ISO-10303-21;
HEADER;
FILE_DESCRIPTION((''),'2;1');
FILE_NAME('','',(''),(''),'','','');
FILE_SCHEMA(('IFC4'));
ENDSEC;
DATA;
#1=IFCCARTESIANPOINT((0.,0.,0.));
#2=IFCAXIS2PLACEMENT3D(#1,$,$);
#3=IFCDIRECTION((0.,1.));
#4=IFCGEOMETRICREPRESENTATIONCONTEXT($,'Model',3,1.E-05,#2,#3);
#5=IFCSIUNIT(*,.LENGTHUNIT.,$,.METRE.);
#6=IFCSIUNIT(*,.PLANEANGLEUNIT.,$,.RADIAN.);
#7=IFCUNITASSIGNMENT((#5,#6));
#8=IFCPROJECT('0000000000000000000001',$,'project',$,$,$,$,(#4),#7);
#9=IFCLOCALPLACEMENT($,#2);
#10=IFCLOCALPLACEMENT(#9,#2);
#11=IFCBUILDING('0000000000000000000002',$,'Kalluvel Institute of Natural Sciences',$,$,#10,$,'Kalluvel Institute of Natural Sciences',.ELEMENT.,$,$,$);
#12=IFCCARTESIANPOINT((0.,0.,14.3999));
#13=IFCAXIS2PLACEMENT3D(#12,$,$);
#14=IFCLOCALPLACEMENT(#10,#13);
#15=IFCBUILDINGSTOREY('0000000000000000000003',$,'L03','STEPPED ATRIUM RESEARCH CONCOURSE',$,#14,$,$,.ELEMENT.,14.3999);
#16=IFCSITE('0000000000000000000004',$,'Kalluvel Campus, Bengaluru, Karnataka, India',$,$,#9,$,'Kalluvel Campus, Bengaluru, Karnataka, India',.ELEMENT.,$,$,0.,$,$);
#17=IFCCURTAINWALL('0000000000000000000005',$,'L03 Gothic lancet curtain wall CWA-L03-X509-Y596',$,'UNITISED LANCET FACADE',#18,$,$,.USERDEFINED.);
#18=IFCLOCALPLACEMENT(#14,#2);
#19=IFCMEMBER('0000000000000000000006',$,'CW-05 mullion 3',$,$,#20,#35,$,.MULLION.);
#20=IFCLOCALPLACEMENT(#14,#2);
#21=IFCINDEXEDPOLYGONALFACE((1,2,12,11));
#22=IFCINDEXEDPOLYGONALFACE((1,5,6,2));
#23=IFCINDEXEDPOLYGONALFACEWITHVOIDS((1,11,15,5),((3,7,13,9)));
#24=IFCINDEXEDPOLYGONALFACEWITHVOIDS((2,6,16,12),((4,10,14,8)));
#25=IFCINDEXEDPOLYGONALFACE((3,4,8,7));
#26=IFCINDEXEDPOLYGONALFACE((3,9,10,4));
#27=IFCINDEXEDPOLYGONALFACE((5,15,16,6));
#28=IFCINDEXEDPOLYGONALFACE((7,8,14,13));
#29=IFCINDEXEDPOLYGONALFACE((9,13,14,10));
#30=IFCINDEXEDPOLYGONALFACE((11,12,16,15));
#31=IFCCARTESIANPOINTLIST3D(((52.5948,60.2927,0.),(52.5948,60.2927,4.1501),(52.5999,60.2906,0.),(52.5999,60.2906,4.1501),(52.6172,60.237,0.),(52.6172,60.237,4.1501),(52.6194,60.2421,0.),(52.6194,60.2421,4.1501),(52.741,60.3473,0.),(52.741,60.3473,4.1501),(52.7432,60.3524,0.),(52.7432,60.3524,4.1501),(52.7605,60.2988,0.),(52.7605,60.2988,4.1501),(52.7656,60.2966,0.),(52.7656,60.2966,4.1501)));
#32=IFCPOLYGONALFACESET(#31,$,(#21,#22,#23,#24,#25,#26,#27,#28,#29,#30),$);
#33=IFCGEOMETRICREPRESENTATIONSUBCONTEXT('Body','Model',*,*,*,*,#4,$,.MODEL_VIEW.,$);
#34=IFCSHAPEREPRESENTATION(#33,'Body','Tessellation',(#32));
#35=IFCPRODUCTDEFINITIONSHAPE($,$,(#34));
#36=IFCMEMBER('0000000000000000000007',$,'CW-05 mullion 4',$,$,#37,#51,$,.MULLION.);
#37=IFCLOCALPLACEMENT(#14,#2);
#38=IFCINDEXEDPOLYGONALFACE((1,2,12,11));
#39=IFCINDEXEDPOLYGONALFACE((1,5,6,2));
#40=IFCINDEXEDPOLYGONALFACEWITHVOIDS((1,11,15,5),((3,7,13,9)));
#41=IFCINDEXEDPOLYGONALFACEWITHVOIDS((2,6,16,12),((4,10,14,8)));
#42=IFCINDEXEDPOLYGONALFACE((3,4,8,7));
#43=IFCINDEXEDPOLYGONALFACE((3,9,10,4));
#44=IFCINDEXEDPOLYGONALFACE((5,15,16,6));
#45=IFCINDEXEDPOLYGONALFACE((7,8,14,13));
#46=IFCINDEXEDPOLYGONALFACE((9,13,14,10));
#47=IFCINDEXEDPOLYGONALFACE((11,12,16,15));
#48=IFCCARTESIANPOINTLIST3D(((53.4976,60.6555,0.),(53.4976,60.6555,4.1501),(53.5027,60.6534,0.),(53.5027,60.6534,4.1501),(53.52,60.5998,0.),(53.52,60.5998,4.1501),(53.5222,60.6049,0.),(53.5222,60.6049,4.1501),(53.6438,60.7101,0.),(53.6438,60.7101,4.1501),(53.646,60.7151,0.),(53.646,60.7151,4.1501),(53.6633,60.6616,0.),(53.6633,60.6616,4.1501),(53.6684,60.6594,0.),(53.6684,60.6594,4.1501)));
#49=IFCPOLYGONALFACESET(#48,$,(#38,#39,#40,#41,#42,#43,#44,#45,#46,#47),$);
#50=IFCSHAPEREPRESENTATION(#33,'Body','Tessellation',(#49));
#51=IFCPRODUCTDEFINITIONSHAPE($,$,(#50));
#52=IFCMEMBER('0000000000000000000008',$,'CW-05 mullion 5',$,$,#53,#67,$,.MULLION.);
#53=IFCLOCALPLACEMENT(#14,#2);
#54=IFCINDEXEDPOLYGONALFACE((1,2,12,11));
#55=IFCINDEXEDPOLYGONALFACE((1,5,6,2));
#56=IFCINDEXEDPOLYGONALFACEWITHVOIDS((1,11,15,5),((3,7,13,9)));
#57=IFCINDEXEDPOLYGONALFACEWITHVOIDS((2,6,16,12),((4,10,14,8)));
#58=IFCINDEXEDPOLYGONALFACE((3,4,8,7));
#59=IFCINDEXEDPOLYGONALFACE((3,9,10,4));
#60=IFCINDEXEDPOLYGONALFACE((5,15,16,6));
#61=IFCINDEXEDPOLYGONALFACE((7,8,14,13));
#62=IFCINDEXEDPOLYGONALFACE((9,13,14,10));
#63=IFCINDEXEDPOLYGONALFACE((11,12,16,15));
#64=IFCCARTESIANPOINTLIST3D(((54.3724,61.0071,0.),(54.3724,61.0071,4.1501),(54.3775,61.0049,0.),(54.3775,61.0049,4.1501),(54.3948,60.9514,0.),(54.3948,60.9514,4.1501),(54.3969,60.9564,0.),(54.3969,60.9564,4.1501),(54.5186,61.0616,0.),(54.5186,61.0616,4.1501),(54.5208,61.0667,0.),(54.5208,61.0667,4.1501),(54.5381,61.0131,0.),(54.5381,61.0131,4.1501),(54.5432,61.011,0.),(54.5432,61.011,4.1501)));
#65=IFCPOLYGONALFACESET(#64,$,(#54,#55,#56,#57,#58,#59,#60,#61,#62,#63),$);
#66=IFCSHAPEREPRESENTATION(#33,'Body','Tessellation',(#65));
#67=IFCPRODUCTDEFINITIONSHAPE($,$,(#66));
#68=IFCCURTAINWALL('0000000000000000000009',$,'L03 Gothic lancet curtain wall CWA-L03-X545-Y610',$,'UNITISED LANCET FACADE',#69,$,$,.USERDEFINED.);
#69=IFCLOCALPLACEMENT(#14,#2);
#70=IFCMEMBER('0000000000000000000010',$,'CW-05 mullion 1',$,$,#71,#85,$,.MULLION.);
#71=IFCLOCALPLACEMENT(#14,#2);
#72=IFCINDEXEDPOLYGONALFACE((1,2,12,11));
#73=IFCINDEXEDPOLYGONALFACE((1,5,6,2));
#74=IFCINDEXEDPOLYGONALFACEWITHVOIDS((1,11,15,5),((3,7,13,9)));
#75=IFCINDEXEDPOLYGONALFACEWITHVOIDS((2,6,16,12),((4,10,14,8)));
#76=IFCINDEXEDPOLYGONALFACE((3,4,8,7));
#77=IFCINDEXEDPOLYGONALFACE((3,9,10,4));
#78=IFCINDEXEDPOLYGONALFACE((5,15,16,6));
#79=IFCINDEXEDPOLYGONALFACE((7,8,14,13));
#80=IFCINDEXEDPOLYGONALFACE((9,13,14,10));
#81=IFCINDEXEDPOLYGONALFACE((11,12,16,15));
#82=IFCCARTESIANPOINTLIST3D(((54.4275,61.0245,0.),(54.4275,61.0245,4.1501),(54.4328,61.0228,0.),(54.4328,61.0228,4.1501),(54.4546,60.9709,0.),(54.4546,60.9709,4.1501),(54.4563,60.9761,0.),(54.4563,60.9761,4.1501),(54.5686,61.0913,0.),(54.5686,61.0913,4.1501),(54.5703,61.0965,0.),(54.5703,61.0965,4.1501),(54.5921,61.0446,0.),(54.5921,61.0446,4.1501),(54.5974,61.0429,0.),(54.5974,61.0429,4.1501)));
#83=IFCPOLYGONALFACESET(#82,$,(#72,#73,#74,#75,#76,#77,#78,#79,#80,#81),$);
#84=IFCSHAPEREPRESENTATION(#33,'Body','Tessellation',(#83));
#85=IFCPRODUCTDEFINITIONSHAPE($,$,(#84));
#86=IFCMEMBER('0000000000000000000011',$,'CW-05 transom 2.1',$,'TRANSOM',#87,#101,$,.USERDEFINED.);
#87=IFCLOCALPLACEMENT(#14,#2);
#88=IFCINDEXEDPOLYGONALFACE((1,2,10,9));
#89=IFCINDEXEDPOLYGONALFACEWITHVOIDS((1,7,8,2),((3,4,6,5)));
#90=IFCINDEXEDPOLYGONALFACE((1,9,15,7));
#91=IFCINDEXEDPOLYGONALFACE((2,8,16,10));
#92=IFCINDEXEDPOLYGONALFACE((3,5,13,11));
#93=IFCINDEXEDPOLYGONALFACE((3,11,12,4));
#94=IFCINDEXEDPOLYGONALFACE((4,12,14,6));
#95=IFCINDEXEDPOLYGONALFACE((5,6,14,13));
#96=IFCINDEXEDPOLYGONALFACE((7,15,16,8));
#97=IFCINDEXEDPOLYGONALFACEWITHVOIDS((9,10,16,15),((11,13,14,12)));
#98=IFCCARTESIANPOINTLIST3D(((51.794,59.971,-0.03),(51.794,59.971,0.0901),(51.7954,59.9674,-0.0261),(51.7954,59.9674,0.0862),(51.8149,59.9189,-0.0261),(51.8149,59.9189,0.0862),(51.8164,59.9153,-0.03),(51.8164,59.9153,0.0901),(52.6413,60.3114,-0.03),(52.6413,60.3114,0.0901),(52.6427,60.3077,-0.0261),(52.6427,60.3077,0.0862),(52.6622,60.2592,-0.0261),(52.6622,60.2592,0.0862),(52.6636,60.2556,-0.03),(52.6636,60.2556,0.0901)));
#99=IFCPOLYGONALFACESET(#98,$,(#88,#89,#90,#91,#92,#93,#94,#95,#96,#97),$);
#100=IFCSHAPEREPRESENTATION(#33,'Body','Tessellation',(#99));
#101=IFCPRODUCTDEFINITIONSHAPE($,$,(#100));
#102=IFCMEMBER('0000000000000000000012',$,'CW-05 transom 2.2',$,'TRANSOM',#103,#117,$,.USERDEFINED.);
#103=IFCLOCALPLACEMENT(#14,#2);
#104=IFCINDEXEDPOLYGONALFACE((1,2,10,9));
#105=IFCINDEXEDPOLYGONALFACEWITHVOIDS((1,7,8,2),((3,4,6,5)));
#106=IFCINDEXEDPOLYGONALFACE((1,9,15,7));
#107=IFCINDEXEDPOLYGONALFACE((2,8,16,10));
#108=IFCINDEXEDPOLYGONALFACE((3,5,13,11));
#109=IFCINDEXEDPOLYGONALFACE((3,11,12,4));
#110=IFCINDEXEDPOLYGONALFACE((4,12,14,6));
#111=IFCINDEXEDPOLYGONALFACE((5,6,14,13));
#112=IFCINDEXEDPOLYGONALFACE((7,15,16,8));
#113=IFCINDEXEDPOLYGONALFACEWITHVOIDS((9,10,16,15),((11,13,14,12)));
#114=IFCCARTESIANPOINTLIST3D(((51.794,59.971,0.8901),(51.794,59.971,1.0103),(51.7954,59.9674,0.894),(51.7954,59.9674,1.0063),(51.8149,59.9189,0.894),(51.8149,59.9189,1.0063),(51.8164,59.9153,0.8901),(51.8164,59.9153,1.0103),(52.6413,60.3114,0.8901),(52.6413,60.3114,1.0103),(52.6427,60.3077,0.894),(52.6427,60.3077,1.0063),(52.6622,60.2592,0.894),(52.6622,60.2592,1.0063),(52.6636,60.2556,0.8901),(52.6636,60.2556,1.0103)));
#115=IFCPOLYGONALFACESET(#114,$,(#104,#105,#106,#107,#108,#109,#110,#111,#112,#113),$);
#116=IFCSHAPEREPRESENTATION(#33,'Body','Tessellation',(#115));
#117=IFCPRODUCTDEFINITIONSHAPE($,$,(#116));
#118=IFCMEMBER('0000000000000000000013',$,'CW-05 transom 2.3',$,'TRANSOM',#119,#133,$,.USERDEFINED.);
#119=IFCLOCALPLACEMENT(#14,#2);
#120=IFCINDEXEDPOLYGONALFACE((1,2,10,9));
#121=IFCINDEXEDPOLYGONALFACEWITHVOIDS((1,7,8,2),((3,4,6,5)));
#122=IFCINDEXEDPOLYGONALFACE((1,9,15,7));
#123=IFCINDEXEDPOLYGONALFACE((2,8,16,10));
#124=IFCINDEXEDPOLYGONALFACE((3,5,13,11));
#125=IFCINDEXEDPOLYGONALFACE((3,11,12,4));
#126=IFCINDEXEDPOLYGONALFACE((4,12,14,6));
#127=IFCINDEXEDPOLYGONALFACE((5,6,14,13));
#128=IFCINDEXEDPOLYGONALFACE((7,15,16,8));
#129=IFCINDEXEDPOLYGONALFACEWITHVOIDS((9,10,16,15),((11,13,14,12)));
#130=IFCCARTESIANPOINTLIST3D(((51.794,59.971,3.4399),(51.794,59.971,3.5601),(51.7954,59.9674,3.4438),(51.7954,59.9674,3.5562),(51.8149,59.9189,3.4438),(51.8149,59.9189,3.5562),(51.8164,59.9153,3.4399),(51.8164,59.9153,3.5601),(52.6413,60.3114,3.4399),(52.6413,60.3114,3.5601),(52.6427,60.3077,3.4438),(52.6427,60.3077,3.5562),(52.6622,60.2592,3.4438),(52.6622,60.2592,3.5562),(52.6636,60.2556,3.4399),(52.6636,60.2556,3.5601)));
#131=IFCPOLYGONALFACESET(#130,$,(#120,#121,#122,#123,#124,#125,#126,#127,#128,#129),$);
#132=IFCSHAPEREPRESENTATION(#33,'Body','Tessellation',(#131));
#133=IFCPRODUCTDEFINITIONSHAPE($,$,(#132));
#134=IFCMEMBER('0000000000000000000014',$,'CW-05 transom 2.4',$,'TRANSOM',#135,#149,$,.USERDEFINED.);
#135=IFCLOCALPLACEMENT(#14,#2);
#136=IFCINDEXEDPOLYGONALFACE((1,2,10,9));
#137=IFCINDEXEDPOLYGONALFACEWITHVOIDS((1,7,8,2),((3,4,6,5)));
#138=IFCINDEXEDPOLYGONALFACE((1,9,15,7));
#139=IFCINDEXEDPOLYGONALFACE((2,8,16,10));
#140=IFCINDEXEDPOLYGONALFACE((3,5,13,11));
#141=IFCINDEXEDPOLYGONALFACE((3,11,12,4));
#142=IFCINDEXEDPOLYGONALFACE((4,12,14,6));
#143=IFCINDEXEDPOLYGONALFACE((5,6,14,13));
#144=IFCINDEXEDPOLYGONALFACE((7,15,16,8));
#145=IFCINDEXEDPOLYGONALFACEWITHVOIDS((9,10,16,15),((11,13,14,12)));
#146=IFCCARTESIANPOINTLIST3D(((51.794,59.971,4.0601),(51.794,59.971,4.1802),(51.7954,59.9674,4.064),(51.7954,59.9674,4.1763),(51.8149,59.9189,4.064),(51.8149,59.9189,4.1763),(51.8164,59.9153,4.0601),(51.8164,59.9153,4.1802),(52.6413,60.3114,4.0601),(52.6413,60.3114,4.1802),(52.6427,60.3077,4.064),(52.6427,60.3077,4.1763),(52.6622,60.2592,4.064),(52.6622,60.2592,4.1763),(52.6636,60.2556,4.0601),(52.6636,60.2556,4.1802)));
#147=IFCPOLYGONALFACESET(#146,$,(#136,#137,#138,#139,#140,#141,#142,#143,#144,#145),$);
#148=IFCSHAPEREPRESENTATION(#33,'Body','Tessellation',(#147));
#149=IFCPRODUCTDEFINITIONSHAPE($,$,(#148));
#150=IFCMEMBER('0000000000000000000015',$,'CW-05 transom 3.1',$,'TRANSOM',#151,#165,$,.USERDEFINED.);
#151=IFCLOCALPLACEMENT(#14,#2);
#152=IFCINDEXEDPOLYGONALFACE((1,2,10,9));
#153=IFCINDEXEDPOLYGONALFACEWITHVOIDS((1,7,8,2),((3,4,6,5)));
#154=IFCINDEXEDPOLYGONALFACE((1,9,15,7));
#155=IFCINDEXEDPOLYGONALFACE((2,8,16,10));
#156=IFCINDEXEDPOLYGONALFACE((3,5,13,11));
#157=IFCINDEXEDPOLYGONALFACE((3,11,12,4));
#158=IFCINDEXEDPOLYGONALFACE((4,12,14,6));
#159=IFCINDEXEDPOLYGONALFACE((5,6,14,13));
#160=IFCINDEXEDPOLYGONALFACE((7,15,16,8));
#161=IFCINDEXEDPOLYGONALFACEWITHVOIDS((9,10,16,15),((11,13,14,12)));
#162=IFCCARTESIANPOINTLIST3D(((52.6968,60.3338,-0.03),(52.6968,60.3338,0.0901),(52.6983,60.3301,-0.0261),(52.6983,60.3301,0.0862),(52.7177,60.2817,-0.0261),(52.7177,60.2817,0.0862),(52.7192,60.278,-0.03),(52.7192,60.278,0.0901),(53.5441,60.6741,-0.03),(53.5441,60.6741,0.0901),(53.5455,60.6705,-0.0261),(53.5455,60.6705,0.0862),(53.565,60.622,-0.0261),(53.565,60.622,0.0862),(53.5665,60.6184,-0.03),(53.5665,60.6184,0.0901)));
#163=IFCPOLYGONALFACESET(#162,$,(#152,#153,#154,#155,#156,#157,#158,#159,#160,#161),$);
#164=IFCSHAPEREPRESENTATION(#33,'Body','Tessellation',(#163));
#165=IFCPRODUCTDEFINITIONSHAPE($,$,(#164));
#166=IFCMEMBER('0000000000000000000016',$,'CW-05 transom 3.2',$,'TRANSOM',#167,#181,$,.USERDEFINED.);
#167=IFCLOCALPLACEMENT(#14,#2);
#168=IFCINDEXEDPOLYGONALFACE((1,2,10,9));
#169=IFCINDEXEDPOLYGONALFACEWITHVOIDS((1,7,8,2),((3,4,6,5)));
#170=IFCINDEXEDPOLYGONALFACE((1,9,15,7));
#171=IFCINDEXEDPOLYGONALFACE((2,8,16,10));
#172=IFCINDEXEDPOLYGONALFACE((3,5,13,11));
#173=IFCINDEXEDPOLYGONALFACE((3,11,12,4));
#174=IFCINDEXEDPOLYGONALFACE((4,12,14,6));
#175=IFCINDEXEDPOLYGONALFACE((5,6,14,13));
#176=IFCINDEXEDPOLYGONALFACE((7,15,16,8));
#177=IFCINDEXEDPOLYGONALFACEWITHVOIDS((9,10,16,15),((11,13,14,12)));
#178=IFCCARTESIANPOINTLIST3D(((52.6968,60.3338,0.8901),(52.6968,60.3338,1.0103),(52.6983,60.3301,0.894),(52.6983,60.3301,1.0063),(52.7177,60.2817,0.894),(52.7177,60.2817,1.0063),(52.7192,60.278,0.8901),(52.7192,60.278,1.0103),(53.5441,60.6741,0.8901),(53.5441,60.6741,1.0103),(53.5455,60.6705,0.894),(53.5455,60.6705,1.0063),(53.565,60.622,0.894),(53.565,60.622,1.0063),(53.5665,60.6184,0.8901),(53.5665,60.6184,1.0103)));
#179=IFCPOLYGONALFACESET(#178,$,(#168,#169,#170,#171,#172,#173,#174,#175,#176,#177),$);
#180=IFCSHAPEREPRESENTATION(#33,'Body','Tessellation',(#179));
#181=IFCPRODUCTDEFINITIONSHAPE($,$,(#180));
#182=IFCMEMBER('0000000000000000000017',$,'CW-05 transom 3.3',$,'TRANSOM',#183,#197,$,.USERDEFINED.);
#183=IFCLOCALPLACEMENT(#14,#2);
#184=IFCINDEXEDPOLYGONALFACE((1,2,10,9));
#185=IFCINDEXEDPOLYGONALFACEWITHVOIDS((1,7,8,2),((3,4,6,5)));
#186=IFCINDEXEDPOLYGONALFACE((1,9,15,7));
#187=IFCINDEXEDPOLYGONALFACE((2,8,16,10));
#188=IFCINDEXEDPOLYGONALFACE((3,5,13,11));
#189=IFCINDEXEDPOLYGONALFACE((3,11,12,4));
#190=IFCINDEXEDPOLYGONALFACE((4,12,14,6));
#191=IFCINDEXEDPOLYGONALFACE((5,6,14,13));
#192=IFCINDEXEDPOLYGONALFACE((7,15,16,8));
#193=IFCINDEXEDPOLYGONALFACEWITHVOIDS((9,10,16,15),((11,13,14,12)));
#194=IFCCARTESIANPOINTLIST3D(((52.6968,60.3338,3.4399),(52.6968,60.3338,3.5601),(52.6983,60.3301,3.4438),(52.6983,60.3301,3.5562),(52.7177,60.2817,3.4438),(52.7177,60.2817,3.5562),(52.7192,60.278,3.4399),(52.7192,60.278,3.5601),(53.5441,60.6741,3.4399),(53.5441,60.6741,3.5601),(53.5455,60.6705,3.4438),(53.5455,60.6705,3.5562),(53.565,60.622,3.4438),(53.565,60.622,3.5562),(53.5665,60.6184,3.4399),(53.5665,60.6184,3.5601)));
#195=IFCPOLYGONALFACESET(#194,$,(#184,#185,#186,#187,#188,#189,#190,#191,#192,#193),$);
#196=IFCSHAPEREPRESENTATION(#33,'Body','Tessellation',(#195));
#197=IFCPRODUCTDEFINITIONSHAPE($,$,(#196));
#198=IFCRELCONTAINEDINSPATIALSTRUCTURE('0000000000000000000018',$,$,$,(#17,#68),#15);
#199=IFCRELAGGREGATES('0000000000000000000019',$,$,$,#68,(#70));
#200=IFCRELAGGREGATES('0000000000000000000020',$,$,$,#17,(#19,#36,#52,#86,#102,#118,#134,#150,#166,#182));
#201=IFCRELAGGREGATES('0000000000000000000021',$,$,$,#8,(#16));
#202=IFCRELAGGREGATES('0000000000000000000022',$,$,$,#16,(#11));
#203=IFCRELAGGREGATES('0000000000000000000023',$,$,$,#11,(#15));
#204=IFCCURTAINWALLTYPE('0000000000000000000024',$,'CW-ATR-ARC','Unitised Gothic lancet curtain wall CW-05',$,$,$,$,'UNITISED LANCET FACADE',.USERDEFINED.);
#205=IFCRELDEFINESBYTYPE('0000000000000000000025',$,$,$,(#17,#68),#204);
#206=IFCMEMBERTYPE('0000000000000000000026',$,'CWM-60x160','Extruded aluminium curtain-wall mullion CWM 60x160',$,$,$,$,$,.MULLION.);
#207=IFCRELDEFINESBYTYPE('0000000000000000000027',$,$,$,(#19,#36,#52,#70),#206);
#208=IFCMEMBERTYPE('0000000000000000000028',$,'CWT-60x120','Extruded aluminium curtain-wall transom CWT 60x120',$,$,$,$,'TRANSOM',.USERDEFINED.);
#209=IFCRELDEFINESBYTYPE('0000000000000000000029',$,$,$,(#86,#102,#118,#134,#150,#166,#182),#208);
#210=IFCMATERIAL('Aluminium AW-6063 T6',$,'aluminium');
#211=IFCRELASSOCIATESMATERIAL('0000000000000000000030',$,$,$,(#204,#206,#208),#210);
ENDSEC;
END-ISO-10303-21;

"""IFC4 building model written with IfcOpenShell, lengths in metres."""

from ifc_helpers import new_model, si_unit, direction, frame, origin, origin_2d, place, context, subcontext, project, spatial, hollow_rectangle, extrude, material, material_profile, profile_set, type_object, element, aggregate, save


model = new_model("IFC4")

# Units and contexts
model_context = context("Model", 3, precision=1e-05, world=origin(), true_north=direction((0.0, 1.0)))
body_context = subcontext(model_context, "Body", "Model", "MODEL_VIEW")
ifc_project = project(units=[si_unit("LENGTHUNIT", "METRE"), si_unit("PLANEANGLEUNIT", "RADIAN")], contexts=[model_context])

# Site, building, storey
site_placement = place(None, origin())
site = spatial("IfcSite", under=ifc_project, at=site_placement, Name="Kalluvel Campus, Bengaluru, Karnataka, India", LongName="Kalluvel Campus, Bengaluru, Karnataka, India", CompositionType="ELEMENT", RefElevation=0.0)
building_placement = place(site_placement, origin())
building = spatial("IfcBuilding", under=site, at=building_placement, Name="Kalluvel Institute of Natural Sciences", LongName="Kalluvel Institute of Natural Sciences", CompositionType="ELEMENT")
storey_placement = place(building_placement, frame((0.0, 0.0, 14.3999)))
storey = spatial("IfcBuildingStorey", under=building, at=storey_placement, Name="L03", Description="STEPPED ATRIUM RESEARCH CONCOURSE", CompositionType="ELEMENT", Elevation=14.3999)

# Curtain wall, members
ifc_material_1 = material(Name="Aluminium AW-6063 T6", Category="aluminium")
curtain_wall_type = type_object("IfcCurtainWallType", Name="CW-ATR-ARC", Description="Unitised Gothic lancet curtain wall CW-05", ElementType="UNITISED LANCET FACADE", PredefinedType="USERDEFINED", material=ifc_material_1)
curtain_wall_1_placement = place(storey_placement, origin())
curtain_wall_1 = element("IfcCurtainWall", 1, at=curtain_wall_1_placement, inside=storey, type_object=curtain_wall_type, Name="L03 Gothic lancet curtain wall CWA-L03-X509-Y596", ObjectType="UNITISED LANCET FACADE", PredefinedType="USERDEFINED")
ifc_material_profile_1 = material_profile(ifc_material_1, hollow_rectangle(XDim=0.0601, YDim=0.1599, WallThickness=0.0039, at=origin_2d()), Name="CWM 60x160")
ifc_profile_set_1 = profile_set([ifc_material_profile_1], Name="Aluminium AW-6063 T6")
member_type_1 = type_object("IfcMemberType", Name="CWM-60x160", Description="Extruded aluminium curtain-wall mullion CWM 60x160", PredefinedType="MULLION", material=ifc_profile_set_1)
member_1_placement = place(storey_placement, frame((52.6802, 60.2947, 0.0), z_axis=(0.0, 0.0, 1.0), x_axis=(-0.372857, 0.927889, 0.0)))
member_1 = element("IfcMember", 2, at=member_1_placement, type_object=member_type_1, Name="CW-05 mullion 3", PredefinedType="MULLION", context=body_context, shape_type="SweptSolid", body=[
    extrude(hollow_rectangle(XDim=0.0601, YDim=0.1599, WallThickness=0.0039, at=origin_2d()), origin(), (0.0, 0.0, 1.0), 4.1501),
])
member_2_placement = place(storey_placement, frame((53.583, 60.6575, 0.0), z_axis=(0.0, 0.0, 1.0), x_axis=(-0.372857, 0.927889, 0.0)))
member_2 = element("IfcMember", 3, at=member_2_placement, type_object=member_type_1, Name="CW-05 mullion 4", PredefinedType="MULLION", context=body_context, shape_type="SweptSolid", body=[
    extrude(hollow_rectangle(XDim=0.0601, YDim=0.1599, WallThickness=0.0039, at=origin_2d()), origin(), (0.0, 0.0, 1.0), 4.1501),
])
member_3_placement = place(storey_placement, frame((54.4578, 61.009, 0.0), z_axis=(0.0, 0.0, 1.0), x_axis=(-0.372857, 0.927889, 0.0)))
member_3 = element("IfcMember", 4, at=member_3_placement, type_object=member_type_1, Name="CW-05 mullion 5", PredefinedType="MULLION", context=body_context, shape_type="SweptSolid", body=[
    extrude(hollow_rectangle(XDim=0.0601, YDim=0.1599, WallThickness=0.0039, at=origin_2d()), origin(), (0.0, 0.0, 1.0), 4.1501),
])

# Curtain wall, member
curtain_wall_2_placement = place(storey_placement, origin())
curtain_wall_2 = element("IfcCurtainWall", 5, at=curtain_wall_2_placement, inside=storey, type_object=curtain_wall_type, Name="L03 Gothic lancet curtain wall CWA-L03-X545-Y610", ObjectType="UNITISED LANCET FACADE", PredefinedType="USERDEFINED")
member_4_placement = place(storey_placement, frame((54.5125, 61.0337, 0.0), z_axis=(0.0, 0.0, 1.0), x_axis=(-0.450202, 0.892927, 0.0)))
member_4 = element("IfcMember", 6, at=member_4_placement, type_object=member_type_1, Name="CW-05 mullion 1", PredefinedType="MULLION", context=body_context, shape_type="SweptSolid", body=[
    extrude(hollow_rectangle(XDim=0.0601, YDim=0.1599, WallThickness=0.0039, at=origin_2d()), origin(), (0.0, 0.0, 1.0), 4.1501),
])

# Members
ifc_material_profile_2 = material_profile(ifc_material_1, hollow_rectangle(XDim=0.0601, YDim=0.1201, WallThickness=0.0039, at=origin_2d()), Name="CWT 60x120")
ifc_profile_set_2 = profile_set([ifc_material_profile_2], Name="Aluminium AW-6063 T6")
member_type_2 = type_object("IfcMemberType", Name="CWT-60x120", Description="Extruded aluminium curtain-wall transom CWT 60x120", ElementType="TRANSOM", PredefinedType="USERDEFINED", material=ifc_profile_set_2)
member_5_placement = place(storey_placement, frame((51.8052, 59.9431, 0.03), z_axis=(0.927922, 0.372773, 0.0), x_axis=(-0.372773, 0.927922, 0.0)))
member_5 = element("IfcMember", 7, at=member_5_placement, type_object=member_type_2, Name="CW-05 transom 2.1", ObjectType="TRANSOM", PredefinedType="USERDEFINED", context=body_context, shape_type="SweptSolid", body=[
    extrude(hollow_rectangle(XDim=0.0601, YDim=0.1201, WallThickness=0.0039, at=origin_2d()), origin(), (0.0, 0.0, 1.0), 0.9131),
])
member_6_placement = place(storey_placement, frame((51.8052, 59.9431, 0.9502), z_axis=(0.927922, 0.372773, 0.0), x_axis=(-0.372773, 0.927922, 0.0)))
member_6 = element("IfcMember", 8, at=member_6_placement, type_object=member_type_2, Name="CW-05 transom 2.2", ObjectType="TRANSOM", PredefinedType="USERDEFINED", context=body_context, shape_type="SweptSolid", body=[
    extrude(hollow_rectangle(XDim=0.0601, YDim=0.1201, WallThickness=0.0039, at=origin_2d()), origin(), (0.0, 0.0, 1.0), 0.9131),
])
member_7_placement = place(storey_placement, frame((51.8052, 59.9431, 3.5), z_axis=(0.927922, 0.372773, 0.0), x_axis=(-0.372773, 0.927922, 0.0)))
member_7 = element("IfcMember", 9, at=member_7_placement, type_object=member_type_2, Name="CW-05 transom 2.3", ObjectType="TRANSOM", PredefinedType="USERDEFINED", context=body_context, shape_type="SweptSolid", body=[
    extrude(hollow_rectangle(XDim=0.0601, YDim=0.1201, WallThickness=0.0039, at=origin_2d()), origin(), (0.0, 0.0, 1.0), 0.9131),
])
member_8_placement = place(storey_placement, frame((51.8052, 59.9431, 4.1201), z_axis=(0.927922, 0.372773, 0.0), x_axis=(-0.372773, 0.927922, 0.0)))
member_8 = element("IfcMember", 10, at=member_8_placement, type_object=member_type_2, Name="CW-05 transom 2.4", ObjectType="TRANSOM", PredefinedType="USERDEFINED", context=body_context, shape_type="SweptSolid", body=[
    extrude(hollow_rectangle(XDim=0.0601, YDim=0.1201, WallThickness=0.0039, at=origin_2d()), origin(), (0.0, 0.0, 1.0), 0.9131),
])
member_9_placement = place(storey_placement, frame((52.708, 60.3059, 0.03), z_axis=(0.927922, 0.372773, 0.0), x_axis=(-0.372773, 0.927922, 0.0)))
member_9 = element("IfcMember", 11, at=member_9_placement, type_object=member_type_2, Name="CW-05 transom 3.1", ObjectType="TRANSOM", PredefinedType="USERDEFINED", context=body_context, shape_type="SweptSolid", body=[
    extrude(hollow_rectangle(XDim=0.0601, YDim=0.1201, WallThickness=0.0039, at=origin_2d()), origin(), (0.0, 0.0, 1.0), 0.9131),
])
member_10_placement = place(storey_placement, frame((52.708, 60.3059, 0.9502), z_axis=(0.927922, 0.372773, 0.0), x_axis=(-0.372773, 0.927922, 0.0)))
member_10 = element("IfcMember", 12, at=member_10_placement, type_object=member_type_2, Name="CW-05 transom 3.2", ObjectType="TRANSOM", PredefinedType="USERDEFINED", context=body_context, shape_type="SweptSolid", body=[
    extrude(hollow_rectangle(XDim=0.0601, YDim=0.1201, WallThickness=0.0039, at=origin_2d()), origin(), (0.0, 0.0, 1.0), 0.9131),
])
member_11_placement = place(storey_placement, frame((52.708, 60.3059, 3.5), z_axis=(0.927922, 0.372773, 0.0), x_axis=(-0.372773, 0.927922, 0.0)))
member_11 = element("IfcMember", 13, at=member_11_placement, type_object=member_type_2, Name="CW-05 transom 3.3", ObjectType="TRANSOM", PredefinedType="USERDEFINED", context=body_context, shape_type="SweptSolid", body=[
    extrude(hollow_rectangle(XDim=0.0601, YDim=0.1201, WallThickness=0.0039, at=origin_2d()), origin(), (0.0, 0.0, 1.0), 0.9131),
])
aggregate(curtain_wall_2, [member_4])

aggregate(curtain_wall_1, [member_1, member_2, member_3, member_5, member_6, member_7, member_8, member_9, member_10, member_11])

save(model, "model.ifc")
